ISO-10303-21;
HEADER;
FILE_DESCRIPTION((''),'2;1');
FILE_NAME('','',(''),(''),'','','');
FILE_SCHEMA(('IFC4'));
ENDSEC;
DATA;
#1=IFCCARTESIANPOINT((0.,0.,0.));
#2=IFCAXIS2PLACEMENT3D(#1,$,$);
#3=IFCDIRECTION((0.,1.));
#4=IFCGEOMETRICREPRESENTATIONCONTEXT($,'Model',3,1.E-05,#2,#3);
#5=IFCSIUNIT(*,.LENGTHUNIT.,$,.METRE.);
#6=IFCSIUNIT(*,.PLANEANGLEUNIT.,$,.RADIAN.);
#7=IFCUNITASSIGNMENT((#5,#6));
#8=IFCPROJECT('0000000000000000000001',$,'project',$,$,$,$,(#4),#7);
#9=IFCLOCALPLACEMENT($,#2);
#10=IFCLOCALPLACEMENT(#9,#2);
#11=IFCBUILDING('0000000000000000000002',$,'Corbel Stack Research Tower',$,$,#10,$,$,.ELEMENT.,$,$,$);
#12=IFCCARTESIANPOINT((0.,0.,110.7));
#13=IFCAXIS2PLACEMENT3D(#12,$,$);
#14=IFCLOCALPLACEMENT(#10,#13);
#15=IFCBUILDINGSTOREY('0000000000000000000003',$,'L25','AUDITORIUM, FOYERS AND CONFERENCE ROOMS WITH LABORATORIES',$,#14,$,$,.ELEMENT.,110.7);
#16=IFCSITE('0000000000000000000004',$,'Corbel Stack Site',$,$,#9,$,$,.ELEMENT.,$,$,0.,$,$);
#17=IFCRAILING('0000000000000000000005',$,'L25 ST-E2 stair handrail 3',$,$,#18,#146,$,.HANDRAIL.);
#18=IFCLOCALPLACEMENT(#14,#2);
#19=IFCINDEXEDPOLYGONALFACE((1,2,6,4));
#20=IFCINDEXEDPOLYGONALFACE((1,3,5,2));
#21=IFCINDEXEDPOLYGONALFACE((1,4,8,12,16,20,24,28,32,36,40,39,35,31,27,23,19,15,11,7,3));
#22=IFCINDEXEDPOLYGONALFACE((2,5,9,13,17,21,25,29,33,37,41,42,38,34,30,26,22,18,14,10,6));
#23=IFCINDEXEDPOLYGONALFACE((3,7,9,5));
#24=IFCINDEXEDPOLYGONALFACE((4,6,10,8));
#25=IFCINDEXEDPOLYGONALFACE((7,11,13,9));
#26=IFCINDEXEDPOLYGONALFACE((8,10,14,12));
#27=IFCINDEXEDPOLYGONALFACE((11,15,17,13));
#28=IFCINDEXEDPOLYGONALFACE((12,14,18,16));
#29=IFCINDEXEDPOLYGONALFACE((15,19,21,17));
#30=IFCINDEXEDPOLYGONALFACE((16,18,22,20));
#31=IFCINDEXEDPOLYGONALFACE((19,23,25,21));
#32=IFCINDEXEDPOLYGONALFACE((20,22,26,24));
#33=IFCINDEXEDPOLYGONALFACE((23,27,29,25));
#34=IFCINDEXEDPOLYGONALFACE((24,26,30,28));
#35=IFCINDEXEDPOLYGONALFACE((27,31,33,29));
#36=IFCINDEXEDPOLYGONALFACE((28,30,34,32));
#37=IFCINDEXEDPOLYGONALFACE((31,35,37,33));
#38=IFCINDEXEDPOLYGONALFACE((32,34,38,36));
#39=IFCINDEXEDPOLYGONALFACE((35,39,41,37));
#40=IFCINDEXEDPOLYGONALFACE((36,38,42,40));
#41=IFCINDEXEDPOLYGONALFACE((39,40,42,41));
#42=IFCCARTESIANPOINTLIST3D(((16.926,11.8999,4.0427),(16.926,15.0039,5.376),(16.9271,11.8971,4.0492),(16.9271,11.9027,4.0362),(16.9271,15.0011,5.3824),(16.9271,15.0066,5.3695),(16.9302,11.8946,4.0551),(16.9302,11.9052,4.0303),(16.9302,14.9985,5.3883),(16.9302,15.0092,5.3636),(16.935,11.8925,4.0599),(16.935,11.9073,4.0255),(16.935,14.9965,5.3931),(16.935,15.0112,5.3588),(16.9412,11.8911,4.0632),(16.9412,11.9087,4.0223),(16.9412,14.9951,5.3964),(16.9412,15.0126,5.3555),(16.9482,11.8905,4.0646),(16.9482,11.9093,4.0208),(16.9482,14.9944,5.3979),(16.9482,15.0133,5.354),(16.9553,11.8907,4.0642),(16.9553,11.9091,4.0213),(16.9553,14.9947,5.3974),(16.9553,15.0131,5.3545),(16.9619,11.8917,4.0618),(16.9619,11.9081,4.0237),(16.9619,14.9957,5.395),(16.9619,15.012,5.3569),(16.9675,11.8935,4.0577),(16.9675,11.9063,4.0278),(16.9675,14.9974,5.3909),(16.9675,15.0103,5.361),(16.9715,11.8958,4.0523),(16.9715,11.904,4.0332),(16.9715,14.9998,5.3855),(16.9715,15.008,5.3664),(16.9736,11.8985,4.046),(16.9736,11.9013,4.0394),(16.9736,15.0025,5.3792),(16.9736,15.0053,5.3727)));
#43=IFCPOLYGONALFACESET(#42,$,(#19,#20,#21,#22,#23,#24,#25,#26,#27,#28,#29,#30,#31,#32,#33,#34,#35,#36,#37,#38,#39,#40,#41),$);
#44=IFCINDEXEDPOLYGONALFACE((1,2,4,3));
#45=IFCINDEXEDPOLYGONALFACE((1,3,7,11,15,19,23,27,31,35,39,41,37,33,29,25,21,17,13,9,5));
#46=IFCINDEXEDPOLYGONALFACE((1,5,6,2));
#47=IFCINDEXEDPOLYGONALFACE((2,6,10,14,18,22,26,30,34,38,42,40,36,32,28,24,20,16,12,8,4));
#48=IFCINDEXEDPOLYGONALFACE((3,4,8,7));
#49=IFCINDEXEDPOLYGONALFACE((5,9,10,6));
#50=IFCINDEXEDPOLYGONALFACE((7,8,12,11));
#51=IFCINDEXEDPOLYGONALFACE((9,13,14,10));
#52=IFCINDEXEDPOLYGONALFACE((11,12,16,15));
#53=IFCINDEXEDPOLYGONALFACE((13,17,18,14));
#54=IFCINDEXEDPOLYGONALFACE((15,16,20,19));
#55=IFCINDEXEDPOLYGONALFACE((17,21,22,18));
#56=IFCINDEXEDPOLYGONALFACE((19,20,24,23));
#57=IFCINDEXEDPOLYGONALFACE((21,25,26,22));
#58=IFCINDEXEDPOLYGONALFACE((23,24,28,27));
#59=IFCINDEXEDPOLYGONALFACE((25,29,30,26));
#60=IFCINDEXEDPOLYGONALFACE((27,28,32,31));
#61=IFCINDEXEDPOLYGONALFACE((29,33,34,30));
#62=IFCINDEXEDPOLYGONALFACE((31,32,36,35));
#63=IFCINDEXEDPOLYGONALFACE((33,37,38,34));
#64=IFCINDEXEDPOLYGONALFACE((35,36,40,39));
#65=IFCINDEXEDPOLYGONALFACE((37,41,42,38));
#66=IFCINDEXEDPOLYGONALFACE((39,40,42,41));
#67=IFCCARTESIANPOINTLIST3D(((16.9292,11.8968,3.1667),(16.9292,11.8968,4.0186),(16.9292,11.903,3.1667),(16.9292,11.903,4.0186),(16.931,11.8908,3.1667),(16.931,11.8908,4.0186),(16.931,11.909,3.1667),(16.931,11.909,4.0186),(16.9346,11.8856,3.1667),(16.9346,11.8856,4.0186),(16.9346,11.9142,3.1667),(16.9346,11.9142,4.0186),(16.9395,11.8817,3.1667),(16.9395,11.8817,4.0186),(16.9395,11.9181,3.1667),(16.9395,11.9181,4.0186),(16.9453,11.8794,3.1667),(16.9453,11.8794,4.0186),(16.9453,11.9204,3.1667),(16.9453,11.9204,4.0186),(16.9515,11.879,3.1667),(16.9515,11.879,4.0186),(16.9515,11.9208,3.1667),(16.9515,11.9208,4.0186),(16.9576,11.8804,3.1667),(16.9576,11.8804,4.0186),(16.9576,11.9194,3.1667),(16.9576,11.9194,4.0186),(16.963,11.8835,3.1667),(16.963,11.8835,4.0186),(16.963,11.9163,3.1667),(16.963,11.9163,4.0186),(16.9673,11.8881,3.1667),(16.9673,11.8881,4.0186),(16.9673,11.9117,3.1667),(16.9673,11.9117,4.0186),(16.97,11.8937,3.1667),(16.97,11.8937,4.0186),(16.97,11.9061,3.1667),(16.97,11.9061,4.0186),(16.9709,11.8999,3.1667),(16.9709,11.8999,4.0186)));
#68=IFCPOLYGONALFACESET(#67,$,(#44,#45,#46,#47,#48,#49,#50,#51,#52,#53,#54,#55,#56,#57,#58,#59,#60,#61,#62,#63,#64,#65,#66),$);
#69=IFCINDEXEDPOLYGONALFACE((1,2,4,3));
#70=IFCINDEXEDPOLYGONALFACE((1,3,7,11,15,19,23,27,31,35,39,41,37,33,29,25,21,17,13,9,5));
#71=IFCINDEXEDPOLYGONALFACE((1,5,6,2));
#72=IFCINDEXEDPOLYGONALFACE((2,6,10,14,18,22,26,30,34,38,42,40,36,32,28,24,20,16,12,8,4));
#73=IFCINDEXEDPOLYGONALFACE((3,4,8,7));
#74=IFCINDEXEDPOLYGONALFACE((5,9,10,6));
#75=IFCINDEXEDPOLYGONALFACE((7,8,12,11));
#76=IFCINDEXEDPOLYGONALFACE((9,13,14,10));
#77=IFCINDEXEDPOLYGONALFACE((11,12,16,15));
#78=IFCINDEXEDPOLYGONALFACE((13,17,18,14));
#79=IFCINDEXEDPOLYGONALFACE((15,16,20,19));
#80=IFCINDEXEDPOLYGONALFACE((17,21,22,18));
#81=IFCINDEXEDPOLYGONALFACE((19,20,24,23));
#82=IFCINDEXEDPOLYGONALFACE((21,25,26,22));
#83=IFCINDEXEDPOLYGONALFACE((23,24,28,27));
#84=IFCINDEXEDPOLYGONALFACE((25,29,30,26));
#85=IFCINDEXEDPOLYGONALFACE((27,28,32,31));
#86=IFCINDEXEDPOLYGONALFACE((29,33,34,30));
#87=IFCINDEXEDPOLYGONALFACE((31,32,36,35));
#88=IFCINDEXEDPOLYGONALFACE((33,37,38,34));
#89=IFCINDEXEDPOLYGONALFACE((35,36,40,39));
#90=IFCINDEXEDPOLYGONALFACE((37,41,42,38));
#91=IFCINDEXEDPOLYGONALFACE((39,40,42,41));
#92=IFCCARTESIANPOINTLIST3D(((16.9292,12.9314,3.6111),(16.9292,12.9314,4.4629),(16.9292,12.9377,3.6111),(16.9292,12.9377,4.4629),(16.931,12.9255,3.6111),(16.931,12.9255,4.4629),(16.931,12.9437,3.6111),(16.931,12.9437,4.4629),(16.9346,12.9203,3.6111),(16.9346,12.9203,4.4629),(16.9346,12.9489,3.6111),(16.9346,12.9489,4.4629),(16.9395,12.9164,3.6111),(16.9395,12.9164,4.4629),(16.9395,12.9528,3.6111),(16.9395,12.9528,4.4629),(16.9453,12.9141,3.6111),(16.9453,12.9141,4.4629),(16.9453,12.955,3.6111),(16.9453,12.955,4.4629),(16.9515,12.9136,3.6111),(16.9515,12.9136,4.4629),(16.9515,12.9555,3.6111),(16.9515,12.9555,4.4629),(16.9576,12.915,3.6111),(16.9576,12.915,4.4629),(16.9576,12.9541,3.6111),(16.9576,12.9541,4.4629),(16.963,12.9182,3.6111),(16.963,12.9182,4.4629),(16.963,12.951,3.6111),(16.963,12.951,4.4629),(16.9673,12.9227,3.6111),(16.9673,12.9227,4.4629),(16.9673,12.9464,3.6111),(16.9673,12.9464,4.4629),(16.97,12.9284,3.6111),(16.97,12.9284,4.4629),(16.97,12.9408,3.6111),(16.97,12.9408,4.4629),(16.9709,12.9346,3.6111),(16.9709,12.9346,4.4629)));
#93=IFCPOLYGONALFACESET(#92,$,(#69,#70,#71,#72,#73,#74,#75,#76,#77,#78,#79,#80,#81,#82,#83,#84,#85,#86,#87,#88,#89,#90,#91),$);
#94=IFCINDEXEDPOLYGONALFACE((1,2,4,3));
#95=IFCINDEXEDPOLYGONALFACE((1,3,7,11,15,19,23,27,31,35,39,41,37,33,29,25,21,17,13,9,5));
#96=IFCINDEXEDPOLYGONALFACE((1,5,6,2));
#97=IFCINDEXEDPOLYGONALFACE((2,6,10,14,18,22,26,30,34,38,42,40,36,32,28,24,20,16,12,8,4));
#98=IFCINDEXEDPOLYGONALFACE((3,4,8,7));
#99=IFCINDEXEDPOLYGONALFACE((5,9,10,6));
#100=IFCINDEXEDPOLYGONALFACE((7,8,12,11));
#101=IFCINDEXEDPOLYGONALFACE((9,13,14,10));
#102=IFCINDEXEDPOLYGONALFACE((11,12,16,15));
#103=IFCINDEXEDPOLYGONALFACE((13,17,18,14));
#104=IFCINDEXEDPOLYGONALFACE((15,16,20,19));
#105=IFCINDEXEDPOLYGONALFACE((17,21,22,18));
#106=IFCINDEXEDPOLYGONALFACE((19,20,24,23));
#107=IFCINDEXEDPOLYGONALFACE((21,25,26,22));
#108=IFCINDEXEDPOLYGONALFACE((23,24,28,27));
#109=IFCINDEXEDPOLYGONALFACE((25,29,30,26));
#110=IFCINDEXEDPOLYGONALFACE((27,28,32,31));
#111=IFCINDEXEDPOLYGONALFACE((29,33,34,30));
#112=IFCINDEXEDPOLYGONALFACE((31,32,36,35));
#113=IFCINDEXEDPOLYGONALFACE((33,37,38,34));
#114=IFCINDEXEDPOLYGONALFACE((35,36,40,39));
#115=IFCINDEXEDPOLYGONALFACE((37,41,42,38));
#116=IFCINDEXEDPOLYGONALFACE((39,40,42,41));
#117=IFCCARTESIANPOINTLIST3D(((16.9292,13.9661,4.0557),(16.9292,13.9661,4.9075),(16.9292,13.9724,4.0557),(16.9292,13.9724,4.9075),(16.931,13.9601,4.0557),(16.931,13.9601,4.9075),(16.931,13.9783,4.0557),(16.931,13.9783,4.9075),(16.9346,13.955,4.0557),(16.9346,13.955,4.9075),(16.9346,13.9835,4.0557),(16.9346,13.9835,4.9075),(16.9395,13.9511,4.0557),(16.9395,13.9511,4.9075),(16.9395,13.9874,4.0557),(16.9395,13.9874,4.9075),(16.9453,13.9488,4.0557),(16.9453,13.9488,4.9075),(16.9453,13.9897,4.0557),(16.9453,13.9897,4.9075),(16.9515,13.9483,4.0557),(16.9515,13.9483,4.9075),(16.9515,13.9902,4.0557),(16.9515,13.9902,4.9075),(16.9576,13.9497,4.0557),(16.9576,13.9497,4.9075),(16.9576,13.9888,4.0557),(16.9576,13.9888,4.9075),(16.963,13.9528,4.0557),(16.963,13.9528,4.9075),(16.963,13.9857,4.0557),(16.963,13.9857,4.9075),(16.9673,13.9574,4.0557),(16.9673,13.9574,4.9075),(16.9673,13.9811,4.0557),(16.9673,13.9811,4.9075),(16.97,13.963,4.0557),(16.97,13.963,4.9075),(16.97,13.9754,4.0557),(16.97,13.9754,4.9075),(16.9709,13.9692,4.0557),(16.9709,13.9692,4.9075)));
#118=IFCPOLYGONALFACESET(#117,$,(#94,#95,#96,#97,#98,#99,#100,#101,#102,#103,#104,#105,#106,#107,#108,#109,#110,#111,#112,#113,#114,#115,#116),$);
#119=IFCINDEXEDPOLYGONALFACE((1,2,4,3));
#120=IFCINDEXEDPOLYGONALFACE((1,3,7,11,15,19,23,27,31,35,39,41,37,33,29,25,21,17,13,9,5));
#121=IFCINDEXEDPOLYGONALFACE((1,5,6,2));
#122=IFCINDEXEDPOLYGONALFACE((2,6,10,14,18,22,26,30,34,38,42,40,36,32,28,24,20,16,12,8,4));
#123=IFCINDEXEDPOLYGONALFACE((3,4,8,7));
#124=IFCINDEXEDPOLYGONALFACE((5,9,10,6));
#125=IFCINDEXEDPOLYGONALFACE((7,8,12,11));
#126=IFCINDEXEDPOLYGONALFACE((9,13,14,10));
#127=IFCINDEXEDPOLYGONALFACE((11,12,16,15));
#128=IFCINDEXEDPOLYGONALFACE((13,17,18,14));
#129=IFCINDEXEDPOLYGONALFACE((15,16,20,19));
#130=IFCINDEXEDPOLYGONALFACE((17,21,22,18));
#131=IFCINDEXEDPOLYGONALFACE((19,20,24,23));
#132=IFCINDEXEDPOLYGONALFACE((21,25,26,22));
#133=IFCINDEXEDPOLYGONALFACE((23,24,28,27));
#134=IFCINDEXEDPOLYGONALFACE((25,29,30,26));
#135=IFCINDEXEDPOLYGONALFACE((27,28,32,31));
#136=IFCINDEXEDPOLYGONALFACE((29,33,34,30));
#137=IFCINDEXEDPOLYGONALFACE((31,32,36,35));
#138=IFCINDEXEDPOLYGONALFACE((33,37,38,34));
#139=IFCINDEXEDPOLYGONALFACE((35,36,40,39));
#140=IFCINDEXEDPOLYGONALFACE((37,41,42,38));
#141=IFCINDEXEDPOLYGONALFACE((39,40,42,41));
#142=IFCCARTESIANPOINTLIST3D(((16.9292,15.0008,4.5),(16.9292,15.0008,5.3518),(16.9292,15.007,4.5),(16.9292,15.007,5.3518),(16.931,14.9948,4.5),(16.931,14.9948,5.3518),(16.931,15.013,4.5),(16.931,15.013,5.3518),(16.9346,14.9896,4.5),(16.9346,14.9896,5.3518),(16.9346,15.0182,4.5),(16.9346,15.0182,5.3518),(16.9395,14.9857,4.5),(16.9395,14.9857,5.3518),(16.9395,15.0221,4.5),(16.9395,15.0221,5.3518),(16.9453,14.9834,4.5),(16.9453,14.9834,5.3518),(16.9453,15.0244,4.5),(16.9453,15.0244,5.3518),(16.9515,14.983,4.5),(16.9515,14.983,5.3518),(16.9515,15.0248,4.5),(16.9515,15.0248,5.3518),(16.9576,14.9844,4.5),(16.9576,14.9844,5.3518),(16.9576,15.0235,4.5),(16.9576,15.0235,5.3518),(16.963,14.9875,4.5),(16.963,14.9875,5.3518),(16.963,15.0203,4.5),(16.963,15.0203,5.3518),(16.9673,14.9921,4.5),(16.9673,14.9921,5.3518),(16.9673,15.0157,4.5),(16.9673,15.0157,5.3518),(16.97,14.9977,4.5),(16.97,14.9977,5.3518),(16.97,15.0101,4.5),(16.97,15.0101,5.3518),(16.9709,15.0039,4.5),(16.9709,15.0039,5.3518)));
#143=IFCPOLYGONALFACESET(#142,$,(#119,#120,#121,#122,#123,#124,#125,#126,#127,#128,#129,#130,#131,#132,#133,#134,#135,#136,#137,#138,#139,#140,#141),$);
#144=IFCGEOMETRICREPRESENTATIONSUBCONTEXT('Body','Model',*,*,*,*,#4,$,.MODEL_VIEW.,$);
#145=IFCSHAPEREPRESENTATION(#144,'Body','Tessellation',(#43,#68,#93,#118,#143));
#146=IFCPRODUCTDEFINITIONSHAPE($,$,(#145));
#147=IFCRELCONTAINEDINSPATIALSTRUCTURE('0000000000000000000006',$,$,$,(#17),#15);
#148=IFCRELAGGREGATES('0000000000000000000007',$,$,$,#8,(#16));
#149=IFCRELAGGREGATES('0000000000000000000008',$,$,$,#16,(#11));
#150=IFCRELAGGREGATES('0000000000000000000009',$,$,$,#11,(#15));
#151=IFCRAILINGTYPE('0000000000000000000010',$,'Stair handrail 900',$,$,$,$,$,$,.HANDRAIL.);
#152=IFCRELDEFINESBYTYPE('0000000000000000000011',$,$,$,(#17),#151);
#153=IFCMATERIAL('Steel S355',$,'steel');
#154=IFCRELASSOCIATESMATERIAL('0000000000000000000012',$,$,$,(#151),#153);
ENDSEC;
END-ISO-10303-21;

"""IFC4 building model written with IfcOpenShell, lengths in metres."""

from ifc_helpers import new_model, si_unit, direction, frame, origin, origin_2d, place, context, subcontext, project, spatial, circle, extrude, material, type_object, element, save


model = new_model("IFC4")

# Units and contexts
model_context = context("Model", 3, precision=1e-05, world=origin(), true_north=direction((0.0, 1.0)))
body_context = subcontext(model_context, "Body", "Model", "MODEL_VIEW")
ifc_project = project(units=[si_unit("LENGTHUNIT", "METRE"), si_unit("PLANEANGLEUNIT", "RADIAN")], contexts=[model_context])

# Site, building, storey
site_placement = place(None, origin())
site = spatial("IfcSite", under=ifc_project, at=site_placement, Name="Corbel Stack Site", CompositionType="ELEMENT", RefElevation=0.0)
building_placement = place(site_placement, origin())
building = spatial("IfcBuilding", under=site, at=building_placement, Name="Corbel Stack Research Tower", CompositionType="ELEMENT")
storey_placement = place(building_placement, frame((0.0, 0.0, 110.7)))
storey = spatial("IfcBuildingStorey", under=building, at=storey_placement, Name="L25", Description="AUDITORIUM, FOYERS AND CONFERENCE ROOMS WITH LABORATORIES", CompositionType="ELEMENT", Elevation=110.7)

# Railing
ifc_material_1 = material(Name="Steel S355", Category="steel")
railing_type_1 = type_object("IfcRailingType", Name="Stair handrail 900", PredefinedType="HANDRAIL", material=ifc_material_1)
for number, where, name in (
    (1, (16.95, 11.8999, 3.1667), "L25 ST-E2 stair handrail 3"),
):
    element("IfcRailing", number, at=place(storey_placement, frame(where)), inside=storey, type_object=railing_type_1, Name=name, PredefinedType="HANDRAIL", context=body_context, shape_type="SweptSolid", body=[
        extrude(circle(Radius=0.0239, at=origin_2d()), frame((0.0, 0.0, 0.876), z_axis=(0.0, 0.918827, 0.394661), x_axis=(-1.0, 0.0, 0.0)), (0.0, 0.0, 1.0), 3.3782),
        extrude(circle(Radius=0.021, at=origin_2d()), origin(), (0.0, 0.0, 1.0), 0.8518),
        extrude(circle(Radius=0.021, at=origin_2d()), frame((0.0, 1.0347, 0.4443)), (0.0, 0.0, 1.0), 0.8518),
        extrude(circle(Radius=0.021, at=origin_2d()), frame((0.0, 2.0693, 0.8889)), (0.0, 0.0, 1.0), 0.8518),
        extrude(circle(Radius=0.021, at=origin_2d()), frame((0.0, 3.104, 1.3333)), (0.0, 0.0, 1.0), 0.8518),
    ])

save(model, "model.ifc")
